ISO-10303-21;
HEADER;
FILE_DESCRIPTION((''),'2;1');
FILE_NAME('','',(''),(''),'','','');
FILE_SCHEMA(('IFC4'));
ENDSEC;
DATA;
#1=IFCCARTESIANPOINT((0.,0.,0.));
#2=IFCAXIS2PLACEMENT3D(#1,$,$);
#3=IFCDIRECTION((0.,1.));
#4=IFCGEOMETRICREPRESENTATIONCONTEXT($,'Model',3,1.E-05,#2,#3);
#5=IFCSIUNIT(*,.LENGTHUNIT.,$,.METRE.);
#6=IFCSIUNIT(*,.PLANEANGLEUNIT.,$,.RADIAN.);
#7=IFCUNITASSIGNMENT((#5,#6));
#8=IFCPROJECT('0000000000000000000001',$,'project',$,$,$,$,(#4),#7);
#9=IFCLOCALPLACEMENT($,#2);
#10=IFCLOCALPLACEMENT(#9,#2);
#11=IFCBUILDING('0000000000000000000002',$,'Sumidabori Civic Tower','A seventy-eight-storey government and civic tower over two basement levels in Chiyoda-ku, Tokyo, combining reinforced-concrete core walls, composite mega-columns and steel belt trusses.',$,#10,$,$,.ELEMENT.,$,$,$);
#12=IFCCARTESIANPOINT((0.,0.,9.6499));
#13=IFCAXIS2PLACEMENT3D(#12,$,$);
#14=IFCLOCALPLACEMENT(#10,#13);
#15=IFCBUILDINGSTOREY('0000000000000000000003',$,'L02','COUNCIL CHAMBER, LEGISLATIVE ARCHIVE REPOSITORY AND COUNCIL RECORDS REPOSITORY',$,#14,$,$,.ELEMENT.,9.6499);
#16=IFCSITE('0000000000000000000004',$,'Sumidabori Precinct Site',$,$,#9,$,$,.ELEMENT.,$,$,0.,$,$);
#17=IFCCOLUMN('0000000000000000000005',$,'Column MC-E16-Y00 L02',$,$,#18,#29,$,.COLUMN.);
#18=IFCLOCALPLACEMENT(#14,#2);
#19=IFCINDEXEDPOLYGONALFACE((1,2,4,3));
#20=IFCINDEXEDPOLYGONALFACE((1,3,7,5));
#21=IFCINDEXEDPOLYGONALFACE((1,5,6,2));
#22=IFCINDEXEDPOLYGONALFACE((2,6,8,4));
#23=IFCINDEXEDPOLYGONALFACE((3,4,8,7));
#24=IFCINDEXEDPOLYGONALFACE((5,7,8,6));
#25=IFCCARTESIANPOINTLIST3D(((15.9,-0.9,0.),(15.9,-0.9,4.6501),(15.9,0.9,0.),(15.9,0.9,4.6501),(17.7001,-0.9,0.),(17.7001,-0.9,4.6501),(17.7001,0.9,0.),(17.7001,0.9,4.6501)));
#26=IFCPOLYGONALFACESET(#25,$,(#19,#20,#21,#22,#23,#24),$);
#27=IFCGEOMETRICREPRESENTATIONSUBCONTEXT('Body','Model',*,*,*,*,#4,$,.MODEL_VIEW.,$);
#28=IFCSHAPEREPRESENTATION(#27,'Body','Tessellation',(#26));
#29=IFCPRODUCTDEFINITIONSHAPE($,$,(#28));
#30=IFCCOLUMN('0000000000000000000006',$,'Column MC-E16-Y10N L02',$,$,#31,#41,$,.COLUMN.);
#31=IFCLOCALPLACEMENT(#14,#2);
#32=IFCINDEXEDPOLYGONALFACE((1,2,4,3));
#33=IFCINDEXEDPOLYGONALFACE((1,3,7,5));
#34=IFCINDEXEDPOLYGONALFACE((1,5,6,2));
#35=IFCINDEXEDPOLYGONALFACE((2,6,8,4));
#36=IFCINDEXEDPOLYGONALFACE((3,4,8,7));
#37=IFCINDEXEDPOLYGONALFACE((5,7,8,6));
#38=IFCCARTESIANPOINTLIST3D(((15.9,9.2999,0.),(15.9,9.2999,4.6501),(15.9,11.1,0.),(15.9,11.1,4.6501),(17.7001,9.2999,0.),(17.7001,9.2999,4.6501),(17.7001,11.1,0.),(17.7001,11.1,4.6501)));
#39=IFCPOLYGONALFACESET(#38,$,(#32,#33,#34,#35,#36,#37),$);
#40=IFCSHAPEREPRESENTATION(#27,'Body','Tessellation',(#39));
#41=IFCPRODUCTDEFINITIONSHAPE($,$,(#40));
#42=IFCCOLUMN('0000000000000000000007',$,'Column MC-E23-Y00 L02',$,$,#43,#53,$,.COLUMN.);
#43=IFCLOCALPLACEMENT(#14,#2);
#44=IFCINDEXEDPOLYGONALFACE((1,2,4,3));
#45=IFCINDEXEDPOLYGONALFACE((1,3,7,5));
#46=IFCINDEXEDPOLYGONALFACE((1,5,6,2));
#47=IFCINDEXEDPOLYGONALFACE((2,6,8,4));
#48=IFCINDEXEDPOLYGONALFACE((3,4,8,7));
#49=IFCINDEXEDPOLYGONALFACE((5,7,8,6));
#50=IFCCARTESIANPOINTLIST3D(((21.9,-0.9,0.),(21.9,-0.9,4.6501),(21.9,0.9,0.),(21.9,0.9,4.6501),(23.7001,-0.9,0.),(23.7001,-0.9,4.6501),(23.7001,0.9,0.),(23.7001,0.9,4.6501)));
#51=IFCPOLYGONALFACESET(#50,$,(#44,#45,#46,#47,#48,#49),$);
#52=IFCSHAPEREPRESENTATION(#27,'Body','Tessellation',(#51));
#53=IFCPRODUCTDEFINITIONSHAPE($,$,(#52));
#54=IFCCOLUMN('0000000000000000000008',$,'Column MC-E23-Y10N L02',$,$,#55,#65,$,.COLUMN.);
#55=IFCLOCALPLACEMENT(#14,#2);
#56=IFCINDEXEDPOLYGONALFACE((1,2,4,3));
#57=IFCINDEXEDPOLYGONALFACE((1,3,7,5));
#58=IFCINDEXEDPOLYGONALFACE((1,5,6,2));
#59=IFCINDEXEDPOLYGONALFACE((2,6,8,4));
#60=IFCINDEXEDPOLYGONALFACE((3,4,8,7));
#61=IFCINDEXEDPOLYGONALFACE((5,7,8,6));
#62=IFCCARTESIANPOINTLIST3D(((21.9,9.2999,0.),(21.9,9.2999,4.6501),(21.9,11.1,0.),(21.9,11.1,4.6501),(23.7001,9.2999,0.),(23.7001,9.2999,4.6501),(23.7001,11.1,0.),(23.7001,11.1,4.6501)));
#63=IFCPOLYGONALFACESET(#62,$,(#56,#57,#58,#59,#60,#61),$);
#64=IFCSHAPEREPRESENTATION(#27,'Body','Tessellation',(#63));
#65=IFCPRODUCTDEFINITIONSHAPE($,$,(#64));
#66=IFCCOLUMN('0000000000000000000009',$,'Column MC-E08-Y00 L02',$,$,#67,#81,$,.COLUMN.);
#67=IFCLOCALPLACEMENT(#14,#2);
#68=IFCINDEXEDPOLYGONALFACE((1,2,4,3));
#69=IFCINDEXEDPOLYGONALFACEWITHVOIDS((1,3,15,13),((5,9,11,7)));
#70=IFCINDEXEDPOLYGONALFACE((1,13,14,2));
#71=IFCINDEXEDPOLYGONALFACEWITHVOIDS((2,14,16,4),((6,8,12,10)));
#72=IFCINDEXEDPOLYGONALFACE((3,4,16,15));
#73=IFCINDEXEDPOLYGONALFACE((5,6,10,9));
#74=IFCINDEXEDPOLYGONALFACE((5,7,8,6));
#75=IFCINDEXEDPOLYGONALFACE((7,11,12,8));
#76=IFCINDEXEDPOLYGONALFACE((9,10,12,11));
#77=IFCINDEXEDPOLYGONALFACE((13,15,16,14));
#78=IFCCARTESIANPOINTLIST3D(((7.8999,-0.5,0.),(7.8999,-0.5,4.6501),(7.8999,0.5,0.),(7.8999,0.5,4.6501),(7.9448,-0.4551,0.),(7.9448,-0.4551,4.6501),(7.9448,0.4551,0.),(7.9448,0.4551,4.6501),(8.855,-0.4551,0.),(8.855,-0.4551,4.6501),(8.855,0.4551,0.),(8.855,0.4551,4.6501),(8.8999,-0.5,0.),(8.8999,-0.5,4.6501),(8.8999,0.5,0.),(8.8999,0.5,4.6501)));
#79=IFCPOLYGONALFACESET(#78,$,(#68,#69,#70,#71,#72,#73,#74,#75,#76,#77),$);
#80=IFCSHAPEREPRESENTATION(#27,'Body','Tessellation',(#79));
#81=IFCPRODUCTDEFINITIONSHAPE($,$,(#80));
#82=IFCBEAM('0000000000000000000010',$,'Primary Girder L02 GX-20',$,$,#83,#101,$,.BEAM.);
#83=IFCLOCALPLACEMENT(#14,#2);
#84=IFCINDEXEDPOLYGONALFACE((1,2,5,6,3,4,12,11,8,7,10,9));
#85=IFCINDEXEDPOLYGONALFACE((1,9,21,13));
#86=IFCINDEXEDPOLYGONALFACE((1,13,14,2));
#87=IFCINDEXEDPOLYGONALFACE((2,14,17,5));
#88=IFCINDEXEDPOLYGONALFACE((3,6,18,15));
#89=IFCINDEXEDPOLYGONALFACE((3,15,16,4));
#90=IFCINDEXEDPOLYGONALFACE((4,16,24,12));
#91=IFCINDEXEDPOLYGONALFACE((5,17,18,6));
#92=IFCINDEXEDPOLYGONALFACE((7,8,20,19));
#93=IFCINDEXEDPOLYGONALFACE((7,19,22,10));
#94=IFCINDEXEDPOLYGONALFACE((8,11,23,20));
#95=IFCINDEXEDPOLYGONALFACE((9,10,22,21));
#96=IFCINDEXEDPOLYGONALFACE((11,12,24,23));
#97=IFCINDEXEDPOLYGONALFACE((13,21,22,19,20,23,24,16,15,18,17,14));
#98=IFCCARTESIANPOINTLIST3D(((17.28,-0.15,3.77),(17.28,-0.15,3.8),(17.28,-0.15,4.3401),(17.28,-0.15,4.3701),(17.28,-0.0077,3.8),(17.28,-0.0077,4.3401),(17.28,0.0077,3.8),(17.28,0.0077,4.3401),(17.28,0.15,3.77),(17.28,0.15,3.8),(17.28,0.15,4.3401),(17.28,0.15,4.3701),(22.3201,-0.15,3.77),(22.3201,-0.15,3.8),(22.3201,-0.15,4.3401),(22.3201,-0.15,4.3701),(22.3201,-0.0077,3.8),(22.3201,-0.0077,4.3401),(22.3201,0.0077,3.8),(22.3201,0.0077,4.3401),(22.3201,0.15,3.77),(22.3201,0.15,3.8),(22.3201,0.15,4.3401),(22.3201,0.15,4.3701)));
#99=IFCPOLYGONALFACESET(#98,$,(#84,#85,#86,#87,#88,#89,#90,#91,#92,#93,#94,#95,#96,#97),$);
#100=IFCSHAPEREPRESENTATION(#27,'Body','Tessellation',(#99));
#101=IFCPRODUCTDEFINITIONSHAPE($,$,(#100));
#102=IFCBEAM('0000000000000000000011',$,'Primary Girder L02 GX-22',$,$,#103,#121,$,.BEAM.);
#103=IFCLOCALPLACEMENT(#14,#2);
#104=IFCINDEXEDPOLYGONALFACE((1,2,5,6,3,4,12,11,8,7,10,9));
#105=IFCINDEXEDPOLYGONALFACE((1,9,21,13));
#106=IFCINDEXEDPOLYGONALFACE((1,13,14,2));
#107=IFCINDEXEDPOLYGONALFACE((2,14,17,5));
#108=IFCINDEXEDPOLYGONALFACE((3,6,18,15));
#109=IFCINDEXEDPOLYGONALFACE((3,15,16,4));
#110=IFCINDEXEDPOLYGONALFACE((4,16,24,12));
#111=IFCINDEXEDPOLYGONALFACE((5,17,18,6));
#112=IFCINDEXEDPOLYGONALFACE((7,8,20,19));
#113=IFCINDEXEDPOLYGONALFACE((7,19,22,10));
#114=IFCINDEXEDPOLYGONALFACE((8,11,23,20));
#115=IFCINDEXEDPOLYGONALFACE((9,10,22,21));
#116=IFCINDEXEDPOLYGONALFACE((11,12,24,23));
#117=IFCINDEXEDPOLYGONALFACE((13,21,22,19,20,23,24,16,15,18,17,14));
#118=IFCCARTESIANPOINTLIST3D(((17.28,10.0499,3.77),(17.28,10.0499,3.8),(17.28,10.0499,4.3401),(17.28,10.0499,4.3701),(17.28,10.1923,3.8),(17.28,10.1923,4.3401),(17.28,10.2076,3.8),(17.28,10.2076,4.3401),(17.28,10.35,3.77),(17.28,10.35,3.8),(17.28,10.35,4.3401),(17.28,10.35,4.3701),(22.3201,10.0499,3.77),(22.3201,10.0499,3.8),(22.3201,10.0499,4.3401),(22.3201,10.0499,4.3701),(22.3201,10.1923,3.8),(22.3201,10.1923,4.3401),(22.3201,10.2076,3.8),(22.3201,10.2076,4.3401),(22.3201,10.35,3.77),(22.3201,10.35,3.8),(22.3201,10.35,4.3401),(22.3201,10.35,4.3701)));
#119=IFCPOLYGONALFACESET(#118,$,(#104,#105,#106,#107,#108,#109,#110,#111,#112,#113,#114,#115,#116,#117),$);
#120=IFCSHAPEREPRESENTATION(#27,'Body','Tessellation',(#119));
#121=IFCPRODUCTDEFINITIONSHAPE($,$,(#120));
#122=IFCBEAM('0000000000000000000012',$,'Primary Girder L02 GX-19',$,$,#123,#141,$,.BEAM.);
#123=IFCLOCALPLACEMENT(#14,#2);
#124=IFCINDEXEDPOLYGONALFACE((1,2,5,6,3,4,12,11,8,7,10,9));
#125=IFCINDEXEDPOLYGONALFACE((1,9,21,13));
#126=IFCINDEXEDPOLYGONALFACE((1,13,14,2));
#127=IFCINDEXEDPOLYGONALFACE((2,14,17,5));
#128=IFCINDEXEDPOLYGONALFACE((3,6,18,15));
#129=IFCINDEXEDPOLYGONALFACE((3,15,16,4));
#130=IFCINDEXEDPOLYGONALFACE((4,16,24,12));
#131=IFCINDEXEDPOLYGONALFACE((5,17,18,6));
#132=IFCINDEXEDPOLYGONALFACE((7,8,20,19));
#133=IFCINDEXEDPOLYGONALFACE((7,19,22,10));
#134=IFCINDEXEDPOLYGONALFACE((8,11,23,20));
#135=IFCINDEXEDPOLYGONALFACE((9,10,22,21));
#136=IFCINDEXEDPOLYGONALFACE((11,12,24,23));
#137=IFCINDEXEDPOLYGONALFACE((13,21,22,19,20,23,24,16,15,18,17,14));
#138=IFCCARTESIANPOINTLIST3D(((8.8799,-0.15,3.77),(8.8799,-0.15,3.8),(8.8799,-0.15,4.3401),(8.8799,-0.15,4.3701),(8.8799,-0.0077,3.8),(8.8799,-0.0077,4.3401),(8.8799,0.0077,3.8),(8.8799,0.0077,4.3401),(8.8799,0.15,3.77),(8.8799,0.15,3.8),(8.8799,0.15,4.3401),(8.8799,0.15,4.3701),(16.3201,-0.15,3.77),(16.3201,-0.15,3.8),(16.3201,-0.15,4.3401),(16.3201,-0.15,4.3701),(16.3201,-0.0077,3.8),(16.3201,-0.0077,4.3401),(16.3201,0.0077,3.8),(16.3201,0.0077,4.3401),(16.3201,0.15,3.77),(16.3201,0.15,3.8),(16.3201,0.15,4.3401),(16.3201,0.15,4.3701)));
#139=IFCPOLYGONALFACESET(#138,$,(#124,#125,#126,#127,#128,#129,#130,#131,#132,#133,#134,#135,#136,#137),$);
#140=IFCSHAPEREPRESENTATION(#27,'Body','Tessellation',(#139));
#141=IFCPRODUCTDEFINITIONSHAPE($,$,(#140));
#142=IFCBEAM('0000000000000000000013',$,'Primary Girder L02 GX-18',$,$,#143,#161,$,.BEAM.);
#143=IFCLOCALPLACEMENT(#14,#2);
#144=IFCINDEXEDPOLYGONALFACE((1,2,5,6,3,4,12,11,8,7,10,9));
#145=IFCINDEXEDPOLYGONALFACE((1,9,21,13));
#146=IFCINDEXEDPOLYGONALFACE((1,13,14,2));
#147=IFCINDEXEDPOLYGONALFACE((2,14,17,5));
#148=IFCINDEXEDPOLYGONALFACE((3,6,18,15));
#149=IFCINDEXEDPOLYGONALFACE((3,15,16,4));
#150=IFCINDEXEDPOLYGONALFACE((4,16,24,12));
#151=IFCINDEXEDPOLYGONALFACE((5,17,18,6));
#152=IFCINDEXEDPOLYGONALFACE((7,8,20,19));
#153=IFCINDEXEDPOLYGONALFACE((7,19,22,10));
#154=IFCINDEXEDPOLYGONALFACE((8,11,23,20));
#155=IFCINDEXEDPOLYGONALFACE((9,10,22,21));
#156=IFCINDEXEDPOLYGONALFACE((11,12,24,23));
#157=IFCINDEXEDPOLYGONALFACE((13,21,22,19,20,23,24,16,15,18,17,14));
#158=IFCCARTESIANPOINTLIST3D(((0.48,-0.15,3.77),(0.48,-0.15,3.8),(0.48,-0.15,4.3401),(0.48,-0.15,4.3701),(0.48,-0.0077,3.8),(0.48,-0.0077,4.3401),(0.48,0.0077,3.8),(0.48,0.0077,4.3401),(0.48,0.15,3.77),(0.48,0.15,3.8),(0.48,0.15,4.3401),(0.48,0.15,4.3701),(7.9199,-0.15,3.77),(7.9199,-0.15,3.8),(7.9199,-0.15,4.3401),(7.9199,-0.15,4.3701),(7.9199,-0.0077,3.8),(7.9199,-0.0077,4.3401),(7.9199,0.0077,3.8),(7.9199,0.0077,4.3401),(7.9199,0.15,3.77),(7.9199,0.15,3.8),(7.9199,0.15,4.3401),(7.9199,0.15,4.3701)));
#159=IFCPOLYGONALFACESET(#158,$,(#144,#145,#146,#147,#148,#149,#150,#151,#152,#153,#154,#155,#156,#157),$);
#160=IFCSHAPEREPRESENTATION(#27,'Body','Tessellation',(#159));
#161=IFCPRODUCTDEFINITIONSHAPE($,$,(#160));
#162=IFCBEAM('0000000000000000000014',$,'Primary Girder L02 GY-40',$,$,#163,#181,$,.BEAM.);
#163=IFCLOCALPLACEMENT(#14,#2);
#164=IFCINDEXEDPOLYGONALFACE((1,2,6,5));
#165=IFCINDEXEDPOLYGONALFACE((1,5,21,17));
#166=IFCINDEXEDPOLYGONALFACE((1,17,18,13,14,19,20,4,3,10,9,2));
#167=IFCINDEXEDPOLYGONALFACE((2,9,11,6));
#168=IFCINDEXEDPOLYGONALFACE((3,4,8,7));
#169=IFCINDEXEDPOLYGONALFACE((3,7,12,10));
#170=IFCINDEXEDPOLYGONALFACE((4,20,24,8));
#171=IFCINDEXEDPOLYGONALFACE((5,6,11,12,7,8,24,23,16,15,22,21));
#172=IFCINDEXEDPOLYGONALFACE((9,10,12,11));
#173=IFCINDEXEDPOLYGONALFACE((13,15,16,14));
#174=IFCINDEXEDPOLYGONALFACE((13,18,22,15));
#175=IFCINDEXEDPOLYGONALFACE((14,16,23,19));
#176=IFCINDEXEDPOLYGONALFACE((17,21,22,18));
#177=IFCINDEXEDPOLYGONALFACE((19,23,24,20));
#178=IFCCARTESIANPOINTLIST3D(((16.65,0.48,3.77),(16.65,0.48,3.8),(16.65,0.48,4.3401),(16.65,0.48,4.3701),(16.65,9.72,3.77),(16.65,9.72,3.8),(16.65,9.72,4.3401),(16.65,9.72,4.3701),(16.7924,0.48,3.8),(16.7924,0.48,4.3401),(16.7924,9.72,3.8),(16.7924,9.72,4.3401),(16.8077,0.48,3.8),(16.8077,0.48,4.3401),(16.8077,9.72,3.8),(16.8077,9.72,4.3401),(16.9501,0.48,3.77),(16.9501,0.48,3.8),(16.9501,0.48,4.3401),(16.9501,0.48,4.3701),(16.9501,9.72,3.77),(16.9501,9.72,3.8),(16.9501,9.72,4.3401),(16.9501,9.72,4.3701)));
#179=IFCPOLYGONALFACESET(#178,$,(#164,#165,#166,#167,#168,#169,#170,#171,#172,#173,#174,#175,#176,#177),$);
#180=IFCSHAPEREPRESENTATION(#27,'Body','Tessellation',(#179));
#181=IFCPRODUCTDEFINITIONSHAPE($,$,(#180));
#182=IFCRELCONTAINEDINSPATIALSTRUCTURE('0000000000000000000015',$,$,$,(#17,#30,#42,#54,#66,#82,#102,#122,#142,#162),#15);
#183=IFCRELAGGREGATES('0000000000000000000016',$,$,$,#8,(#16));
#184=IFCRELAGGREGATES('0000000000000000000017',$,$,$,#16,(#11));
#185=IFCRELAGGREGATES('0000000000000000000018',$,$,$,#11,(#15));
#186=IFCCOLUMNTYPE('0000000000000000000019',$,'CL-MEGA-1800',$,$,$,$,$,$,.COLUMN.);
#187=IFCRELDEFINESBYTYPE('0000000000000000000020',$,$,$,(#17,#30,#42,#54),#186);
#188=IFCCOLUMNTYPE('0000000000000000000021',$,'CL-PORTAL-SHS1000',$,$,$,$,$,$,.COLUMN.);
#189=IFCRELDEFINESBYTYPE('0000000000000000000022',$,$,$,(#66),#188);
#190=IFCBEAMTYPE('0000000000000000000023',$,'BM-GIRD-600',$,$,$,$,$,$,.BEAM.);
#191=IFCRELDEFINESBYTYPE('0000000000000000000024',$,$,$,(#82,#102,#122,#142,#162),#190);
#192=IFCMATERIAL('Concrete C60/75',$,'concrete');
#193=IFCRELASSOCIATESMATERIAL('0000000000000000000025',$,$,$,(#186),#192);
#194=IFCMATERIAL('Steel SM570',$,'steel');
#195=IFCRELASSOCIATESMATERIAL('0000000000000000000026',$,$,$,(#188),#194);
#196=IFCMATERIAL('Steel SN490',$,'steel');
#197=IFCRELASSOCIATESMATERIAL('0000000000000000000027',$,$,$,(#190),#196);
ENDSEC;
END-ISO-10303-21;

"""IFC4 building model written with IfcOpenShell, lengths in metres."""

from ifc_helpers import new_model, si_unit, direction, frame, origin, origin_2d, place, context, subcontext, project, spatial, rectangle, hollow_rectangle, i_section, extrude, source, transform, mapped, material, material_profile, profile_set, type_object, element, save


model = new_model("IFC4")

# Units and contexts
model_context = context("Model", 3, precision=1e-05, world=origin(), true_north=direction((0.0, 1.0)))
body_context = subcontext(model_context, "Body", "Model", "MODEL_VIEW")
ifc_project = project(units=[si_unit("LENGTHUNIT", "METRE"), si_unit("PLANEANGLEUNIT", "RADIAN")], contexts=[model_context])

# Site, building, storey
site_placement = place(None, origin())
site = spatial("IfcSite", under=ifc_project, at=site_placement, Name="Sumidabori Precinct Site", CompositionType="ELEMENT", RefElevation=0.0)
building_placement = place(site_placement, origin())
building = spatial("IfcBuilding", under=site, at=building_placement, Name="Sumidabori Civic Tower", Description="A seventy-eight-storey government and civic tower over two basement levels in Chiyoda-ku, Tokyo, combining reinforced-concrete core walls, composite mega-columns and steel belt trusses.", CompositionType="ELEMENT")
storey_placement = place(building_placement, frame((0.0, 0.0, 9.6499)))
storey = spatial("IfcBuildingStorey", under=building, at=storey_placement, Name="L02", Description="COUNCIL CHAMBER, LEGISLATIVE ARCHIVE REPOSITORY AND COUNCIL RECORDS REPOSITORY", CompositionType="ELEMENT", Elevation=9.6499)

# Columns
ifc_material_1 = material(Name="Concrete C60/75", Category="concrete")
ifc_material_profile_1 = material_profile(ifc_material_1, rectangle(XDim=1.8, YDim=1.8, at=origin_2d()), Name="RC 1800x1800")
ifc_profile_set_1 = profile_set([ifc_material_profile_1], Name="Concrete C60/75")
column_type_1 = type_object("IfcColumnType", Name="CL-MEGA-1800", PredefinedType="COLUMN", material=ifc_profile_set_1)
shared_shape_1 = source(origin(), body_context, "Body", "SweptSolid", [
    extrude(rectangle(XDim=1.8, YDim=1.8, at=origin_2d()), origin(), (0.0, 0.0, 1.0), 4.6501),
])
for number, where, z_axis, x_axis, name in (
    (1, (16.8, 0.0, 0.0), (0.0, 0.0, 1.0), (1.0, 0.0, 0.0), "Column MC-E16-Y00 L02"),
    (2, (16.8, 10.2, 0.0), (0.0, 0.0, 1.0), (1.0, 0.0, 0.0), "Column MC-E16-Y10N L02"),
    (3, (22.8, 0.0, 0.0), (0.0, 0.0, 1.0), (1.0, 0.0, 0.0), "Column MC-E23-Y00 L02"),
    (4, (22.8, 10.2, 0.0), (0.0, 0.0, 1.0), (1.0, 0.0, 0.0), "Column MC-E23-Y10N L02"),
):
    element("IfcColumn", number, at=place(storey_placement, frame(where, z_axis=z_axis, x_axis=x_axis)), inside=storey, type_object=column_type_1, Name=name, PredefinedType="COLUMN", context=body_context, shape_type="MappedRepresentation", body=[
        mapped(shared_shape_1, transform((0.0, 0.0, 0.0), x_axis=(1.0, 0.0, 0.0), y_axis=(0.0, 1.0, 0.0), z_axis=(0.0, 0.0, 1.0), scale=1.0)),
    ])
ifc_material_2 = material(Name="Steel SM570", Category="steel")
ifc_material_profile_2 = material_profile(ifc_material_2, hollow_rectangle(XDim=1.0, YDim=1.0, WallThickness=0.0449, at=origin_2d()), Name="SHS 1000x1000x45")
ifc_profile_set_2 = profile_set([ifc_material_profile_2], Name="Steel SM570")
column_type_2 = type_object("IfcColumnType", Name="CL-PORTAL-SHS1000", PredefinedType="COLUMN", material=ifc_profile_set_2)
shared_shape_2 = source(origin(), body_context, "Body", "SweptSolid", [
    extrude(hollow_rectangle(XDim=1.0, YDim=1.0, WallThickness=0.0449, at=origin_2d()), origin(), (0.0, 0.0, 1.0), 4.6501),
])
column_placement = place(storey_placement, frame((8.3999, 0.0, 0.0), z_axis=(0.0, 0.0, 1.0), x_axis=(1.0, 0.0, 0.0)))
element("IfcColumn", 5, at=column_placement, inside=storey, type_object=column_type_2, Name="Column MC-E08-Y00 L02", PredefinedType="COLUMN", context=body_context, shape_type="MappedRepresentation", body=[
    mapped(shared_shape_2, transform((0.0, 0.0, 0.0), x_axis=(1.0, 0.0, 0.0), y_axis=(0.0, 1.0, 0.0), z_axis=(0.0, 0.0, 1.0), scale=1.0)),
])

# Beams
ifc_material_3 = material(Name="Steel SN490", Category="steel")
ifc_material_profile_3 = material_profile(ifc_material_3, i_section(OverallWidth=0.3, OverallDepth=0.6001, WebThickness=0.0154, FlangeThickness=0.03, at=origin_2d()), Name="HE 600 B")
ifc_profile_set_3 = profile_set([ifc_material_profile_3], Name="Steel SN490")
beam_type_1 = type_object("IfcBeamType", Name="BM-GIRD-600", PredefinedType="BEAM", material=ifc_profile_set_3)
shared_shape_3 = source(origin(), body_context, "Body", "SweptSolid", [
    extrude(i_section(OverallWidth=0.3, OverallDepth=0.6001, WebThickness=0.0154, FlangeThickness=0.03, at=origin_2d()), origin(), (0.0, 0.0, 1.0), 5.04),
])
for number, where, z_axis, x_axis, name in (
    (6, (17.28, 0.0, 4.0701), (1.0, 0.0, 0.0), (0.0, 1.0, 0.0), "Primary Girder L02 GX-20"),
    (7, (17.28, 10.2, 4.0701), (1.0, 0.0, 0.0), (0.0, 1.0, 0.0), "Primary Girder L02 GX-22"),
):
    element("IfcBeam", number, at=place(storey_placement, frame(where, z_axis=z_axis, x_axis=x_axis)), inside=storey, type_object=beam_type_1, Name=name, PredefinedType="BEAM", context=body_context, shape_type="MappedRepresentation", body=[
        mapped(shared_shape_3, transform((0.0, 0.0, 0.0), x_axis=(1.0, 0.0, 0.0), y_axis=(0.0, 1.0, 0.0), z_axis=(0.0, 0.0, 1.0), scale=1.0)),
    ])
shared_shape_4 = source(origin(), body_context, "Body", "SweptSolid", [
    extrude(i_section(OverallWidth=0.3, OverallDepth=0.6001, WebThickness=0.0154, FlangeThickness=0.03, at=origin_2d()), origin(), (0.0, 0.0, 1.0), 7.4402),
])
beam_1_placement = place(storey_placement, frame((8.8799, 0.0, 4.0701), z_axis=(1.0, 0.0, 0.0), x_axis=(0.0, 1.0, 0.0)))
element("IfcBeam", 8, at=beam_1_placement, inside=storey, type_object=beam_type_1, Name="Primary Girder L02 GX-19", PredefinedType="BEAM", context=body_context, shape_type="MappedRepresentation", body=[
    mapped(shared_shape_4, transform((0.0, 0.0, 0.0), x_axis=(1.0, 0.0, 0.0), y_axis=(0.0, 1.0, 0.0), z_axis=(0.0, 0.0, 1.0), scale=1.0)),
])
shared_shape_5 = source(origin(), body_context, "Body", "SweptSolid", [
    extrude(i_section(OverallWidth=0.3, OverallDepth=0.6001, WebThickness=0.0154, FlangeThickness=0.03, at=origin_2d()), origin(), (0.0, 0.0, 1.0), 7.4399),
])
beam_2_placement = place(storey_placement, frame((0.48, 0.0, 4.0701), z_axis=(1.0, 0.0, 0.0), x_axis=(0.0, 1.0, 0.0)))
element("IfcBeam", 9, at=beam_2_placement, inside=storey, type_object=beam_type_1, Name="Primary Girder L02 GX-18", PredefinedType="BEAM", context=body_context, shape_type="MappedRepresentation", body=[
    mapped(shared_shape_5, transform((0.0, 0.0, 0.0), x_axis=(1.0, 0.0, 0.0), y_axis=(0.0, 1.0, 0.0), z_axis=(0.0, 0.0, 1.0), scale=1.0)),
])
shared_shape_6 = source(origin(), body_context, "Body", "SweptSolid", [
    extrude(i_section(OverallWidth=0.3, OverallDepth=0.6001, WebThickness=0.0154, FlangeThickness=0.03, at=origin_2d()), origin(), (0.0, 0.0, 1.0), 9.24),
])
for number, where, z_axis, x_axis, name in (
    (10, (16.8, 0.48, 4.0701), (0.0, 1.0, 0.0), (-1.0, 0.0, 0.0), "Primary Girder L02 GY-40"),
):
    element("IfcBeam", number, at=place(storey_placement, frame(where, z_axis=z_axis, x_axis=x_axis)), inside=storey, type_object=beam_type_1, Name=name, PredefinedType="BEAM", context=body_context, shape_type="MappedRepresentation", body=[
        mapped(shared_shape_6, transform((0.0, 0.0, 0.0), x_axis=(1.0, 0.0, 0.0), y_axis=(0.0, 1.0, 0.0), z_axis=(0.0, 0.0, 1.0), scale=1.0)),
    ])

save(model, "model.ifc")
